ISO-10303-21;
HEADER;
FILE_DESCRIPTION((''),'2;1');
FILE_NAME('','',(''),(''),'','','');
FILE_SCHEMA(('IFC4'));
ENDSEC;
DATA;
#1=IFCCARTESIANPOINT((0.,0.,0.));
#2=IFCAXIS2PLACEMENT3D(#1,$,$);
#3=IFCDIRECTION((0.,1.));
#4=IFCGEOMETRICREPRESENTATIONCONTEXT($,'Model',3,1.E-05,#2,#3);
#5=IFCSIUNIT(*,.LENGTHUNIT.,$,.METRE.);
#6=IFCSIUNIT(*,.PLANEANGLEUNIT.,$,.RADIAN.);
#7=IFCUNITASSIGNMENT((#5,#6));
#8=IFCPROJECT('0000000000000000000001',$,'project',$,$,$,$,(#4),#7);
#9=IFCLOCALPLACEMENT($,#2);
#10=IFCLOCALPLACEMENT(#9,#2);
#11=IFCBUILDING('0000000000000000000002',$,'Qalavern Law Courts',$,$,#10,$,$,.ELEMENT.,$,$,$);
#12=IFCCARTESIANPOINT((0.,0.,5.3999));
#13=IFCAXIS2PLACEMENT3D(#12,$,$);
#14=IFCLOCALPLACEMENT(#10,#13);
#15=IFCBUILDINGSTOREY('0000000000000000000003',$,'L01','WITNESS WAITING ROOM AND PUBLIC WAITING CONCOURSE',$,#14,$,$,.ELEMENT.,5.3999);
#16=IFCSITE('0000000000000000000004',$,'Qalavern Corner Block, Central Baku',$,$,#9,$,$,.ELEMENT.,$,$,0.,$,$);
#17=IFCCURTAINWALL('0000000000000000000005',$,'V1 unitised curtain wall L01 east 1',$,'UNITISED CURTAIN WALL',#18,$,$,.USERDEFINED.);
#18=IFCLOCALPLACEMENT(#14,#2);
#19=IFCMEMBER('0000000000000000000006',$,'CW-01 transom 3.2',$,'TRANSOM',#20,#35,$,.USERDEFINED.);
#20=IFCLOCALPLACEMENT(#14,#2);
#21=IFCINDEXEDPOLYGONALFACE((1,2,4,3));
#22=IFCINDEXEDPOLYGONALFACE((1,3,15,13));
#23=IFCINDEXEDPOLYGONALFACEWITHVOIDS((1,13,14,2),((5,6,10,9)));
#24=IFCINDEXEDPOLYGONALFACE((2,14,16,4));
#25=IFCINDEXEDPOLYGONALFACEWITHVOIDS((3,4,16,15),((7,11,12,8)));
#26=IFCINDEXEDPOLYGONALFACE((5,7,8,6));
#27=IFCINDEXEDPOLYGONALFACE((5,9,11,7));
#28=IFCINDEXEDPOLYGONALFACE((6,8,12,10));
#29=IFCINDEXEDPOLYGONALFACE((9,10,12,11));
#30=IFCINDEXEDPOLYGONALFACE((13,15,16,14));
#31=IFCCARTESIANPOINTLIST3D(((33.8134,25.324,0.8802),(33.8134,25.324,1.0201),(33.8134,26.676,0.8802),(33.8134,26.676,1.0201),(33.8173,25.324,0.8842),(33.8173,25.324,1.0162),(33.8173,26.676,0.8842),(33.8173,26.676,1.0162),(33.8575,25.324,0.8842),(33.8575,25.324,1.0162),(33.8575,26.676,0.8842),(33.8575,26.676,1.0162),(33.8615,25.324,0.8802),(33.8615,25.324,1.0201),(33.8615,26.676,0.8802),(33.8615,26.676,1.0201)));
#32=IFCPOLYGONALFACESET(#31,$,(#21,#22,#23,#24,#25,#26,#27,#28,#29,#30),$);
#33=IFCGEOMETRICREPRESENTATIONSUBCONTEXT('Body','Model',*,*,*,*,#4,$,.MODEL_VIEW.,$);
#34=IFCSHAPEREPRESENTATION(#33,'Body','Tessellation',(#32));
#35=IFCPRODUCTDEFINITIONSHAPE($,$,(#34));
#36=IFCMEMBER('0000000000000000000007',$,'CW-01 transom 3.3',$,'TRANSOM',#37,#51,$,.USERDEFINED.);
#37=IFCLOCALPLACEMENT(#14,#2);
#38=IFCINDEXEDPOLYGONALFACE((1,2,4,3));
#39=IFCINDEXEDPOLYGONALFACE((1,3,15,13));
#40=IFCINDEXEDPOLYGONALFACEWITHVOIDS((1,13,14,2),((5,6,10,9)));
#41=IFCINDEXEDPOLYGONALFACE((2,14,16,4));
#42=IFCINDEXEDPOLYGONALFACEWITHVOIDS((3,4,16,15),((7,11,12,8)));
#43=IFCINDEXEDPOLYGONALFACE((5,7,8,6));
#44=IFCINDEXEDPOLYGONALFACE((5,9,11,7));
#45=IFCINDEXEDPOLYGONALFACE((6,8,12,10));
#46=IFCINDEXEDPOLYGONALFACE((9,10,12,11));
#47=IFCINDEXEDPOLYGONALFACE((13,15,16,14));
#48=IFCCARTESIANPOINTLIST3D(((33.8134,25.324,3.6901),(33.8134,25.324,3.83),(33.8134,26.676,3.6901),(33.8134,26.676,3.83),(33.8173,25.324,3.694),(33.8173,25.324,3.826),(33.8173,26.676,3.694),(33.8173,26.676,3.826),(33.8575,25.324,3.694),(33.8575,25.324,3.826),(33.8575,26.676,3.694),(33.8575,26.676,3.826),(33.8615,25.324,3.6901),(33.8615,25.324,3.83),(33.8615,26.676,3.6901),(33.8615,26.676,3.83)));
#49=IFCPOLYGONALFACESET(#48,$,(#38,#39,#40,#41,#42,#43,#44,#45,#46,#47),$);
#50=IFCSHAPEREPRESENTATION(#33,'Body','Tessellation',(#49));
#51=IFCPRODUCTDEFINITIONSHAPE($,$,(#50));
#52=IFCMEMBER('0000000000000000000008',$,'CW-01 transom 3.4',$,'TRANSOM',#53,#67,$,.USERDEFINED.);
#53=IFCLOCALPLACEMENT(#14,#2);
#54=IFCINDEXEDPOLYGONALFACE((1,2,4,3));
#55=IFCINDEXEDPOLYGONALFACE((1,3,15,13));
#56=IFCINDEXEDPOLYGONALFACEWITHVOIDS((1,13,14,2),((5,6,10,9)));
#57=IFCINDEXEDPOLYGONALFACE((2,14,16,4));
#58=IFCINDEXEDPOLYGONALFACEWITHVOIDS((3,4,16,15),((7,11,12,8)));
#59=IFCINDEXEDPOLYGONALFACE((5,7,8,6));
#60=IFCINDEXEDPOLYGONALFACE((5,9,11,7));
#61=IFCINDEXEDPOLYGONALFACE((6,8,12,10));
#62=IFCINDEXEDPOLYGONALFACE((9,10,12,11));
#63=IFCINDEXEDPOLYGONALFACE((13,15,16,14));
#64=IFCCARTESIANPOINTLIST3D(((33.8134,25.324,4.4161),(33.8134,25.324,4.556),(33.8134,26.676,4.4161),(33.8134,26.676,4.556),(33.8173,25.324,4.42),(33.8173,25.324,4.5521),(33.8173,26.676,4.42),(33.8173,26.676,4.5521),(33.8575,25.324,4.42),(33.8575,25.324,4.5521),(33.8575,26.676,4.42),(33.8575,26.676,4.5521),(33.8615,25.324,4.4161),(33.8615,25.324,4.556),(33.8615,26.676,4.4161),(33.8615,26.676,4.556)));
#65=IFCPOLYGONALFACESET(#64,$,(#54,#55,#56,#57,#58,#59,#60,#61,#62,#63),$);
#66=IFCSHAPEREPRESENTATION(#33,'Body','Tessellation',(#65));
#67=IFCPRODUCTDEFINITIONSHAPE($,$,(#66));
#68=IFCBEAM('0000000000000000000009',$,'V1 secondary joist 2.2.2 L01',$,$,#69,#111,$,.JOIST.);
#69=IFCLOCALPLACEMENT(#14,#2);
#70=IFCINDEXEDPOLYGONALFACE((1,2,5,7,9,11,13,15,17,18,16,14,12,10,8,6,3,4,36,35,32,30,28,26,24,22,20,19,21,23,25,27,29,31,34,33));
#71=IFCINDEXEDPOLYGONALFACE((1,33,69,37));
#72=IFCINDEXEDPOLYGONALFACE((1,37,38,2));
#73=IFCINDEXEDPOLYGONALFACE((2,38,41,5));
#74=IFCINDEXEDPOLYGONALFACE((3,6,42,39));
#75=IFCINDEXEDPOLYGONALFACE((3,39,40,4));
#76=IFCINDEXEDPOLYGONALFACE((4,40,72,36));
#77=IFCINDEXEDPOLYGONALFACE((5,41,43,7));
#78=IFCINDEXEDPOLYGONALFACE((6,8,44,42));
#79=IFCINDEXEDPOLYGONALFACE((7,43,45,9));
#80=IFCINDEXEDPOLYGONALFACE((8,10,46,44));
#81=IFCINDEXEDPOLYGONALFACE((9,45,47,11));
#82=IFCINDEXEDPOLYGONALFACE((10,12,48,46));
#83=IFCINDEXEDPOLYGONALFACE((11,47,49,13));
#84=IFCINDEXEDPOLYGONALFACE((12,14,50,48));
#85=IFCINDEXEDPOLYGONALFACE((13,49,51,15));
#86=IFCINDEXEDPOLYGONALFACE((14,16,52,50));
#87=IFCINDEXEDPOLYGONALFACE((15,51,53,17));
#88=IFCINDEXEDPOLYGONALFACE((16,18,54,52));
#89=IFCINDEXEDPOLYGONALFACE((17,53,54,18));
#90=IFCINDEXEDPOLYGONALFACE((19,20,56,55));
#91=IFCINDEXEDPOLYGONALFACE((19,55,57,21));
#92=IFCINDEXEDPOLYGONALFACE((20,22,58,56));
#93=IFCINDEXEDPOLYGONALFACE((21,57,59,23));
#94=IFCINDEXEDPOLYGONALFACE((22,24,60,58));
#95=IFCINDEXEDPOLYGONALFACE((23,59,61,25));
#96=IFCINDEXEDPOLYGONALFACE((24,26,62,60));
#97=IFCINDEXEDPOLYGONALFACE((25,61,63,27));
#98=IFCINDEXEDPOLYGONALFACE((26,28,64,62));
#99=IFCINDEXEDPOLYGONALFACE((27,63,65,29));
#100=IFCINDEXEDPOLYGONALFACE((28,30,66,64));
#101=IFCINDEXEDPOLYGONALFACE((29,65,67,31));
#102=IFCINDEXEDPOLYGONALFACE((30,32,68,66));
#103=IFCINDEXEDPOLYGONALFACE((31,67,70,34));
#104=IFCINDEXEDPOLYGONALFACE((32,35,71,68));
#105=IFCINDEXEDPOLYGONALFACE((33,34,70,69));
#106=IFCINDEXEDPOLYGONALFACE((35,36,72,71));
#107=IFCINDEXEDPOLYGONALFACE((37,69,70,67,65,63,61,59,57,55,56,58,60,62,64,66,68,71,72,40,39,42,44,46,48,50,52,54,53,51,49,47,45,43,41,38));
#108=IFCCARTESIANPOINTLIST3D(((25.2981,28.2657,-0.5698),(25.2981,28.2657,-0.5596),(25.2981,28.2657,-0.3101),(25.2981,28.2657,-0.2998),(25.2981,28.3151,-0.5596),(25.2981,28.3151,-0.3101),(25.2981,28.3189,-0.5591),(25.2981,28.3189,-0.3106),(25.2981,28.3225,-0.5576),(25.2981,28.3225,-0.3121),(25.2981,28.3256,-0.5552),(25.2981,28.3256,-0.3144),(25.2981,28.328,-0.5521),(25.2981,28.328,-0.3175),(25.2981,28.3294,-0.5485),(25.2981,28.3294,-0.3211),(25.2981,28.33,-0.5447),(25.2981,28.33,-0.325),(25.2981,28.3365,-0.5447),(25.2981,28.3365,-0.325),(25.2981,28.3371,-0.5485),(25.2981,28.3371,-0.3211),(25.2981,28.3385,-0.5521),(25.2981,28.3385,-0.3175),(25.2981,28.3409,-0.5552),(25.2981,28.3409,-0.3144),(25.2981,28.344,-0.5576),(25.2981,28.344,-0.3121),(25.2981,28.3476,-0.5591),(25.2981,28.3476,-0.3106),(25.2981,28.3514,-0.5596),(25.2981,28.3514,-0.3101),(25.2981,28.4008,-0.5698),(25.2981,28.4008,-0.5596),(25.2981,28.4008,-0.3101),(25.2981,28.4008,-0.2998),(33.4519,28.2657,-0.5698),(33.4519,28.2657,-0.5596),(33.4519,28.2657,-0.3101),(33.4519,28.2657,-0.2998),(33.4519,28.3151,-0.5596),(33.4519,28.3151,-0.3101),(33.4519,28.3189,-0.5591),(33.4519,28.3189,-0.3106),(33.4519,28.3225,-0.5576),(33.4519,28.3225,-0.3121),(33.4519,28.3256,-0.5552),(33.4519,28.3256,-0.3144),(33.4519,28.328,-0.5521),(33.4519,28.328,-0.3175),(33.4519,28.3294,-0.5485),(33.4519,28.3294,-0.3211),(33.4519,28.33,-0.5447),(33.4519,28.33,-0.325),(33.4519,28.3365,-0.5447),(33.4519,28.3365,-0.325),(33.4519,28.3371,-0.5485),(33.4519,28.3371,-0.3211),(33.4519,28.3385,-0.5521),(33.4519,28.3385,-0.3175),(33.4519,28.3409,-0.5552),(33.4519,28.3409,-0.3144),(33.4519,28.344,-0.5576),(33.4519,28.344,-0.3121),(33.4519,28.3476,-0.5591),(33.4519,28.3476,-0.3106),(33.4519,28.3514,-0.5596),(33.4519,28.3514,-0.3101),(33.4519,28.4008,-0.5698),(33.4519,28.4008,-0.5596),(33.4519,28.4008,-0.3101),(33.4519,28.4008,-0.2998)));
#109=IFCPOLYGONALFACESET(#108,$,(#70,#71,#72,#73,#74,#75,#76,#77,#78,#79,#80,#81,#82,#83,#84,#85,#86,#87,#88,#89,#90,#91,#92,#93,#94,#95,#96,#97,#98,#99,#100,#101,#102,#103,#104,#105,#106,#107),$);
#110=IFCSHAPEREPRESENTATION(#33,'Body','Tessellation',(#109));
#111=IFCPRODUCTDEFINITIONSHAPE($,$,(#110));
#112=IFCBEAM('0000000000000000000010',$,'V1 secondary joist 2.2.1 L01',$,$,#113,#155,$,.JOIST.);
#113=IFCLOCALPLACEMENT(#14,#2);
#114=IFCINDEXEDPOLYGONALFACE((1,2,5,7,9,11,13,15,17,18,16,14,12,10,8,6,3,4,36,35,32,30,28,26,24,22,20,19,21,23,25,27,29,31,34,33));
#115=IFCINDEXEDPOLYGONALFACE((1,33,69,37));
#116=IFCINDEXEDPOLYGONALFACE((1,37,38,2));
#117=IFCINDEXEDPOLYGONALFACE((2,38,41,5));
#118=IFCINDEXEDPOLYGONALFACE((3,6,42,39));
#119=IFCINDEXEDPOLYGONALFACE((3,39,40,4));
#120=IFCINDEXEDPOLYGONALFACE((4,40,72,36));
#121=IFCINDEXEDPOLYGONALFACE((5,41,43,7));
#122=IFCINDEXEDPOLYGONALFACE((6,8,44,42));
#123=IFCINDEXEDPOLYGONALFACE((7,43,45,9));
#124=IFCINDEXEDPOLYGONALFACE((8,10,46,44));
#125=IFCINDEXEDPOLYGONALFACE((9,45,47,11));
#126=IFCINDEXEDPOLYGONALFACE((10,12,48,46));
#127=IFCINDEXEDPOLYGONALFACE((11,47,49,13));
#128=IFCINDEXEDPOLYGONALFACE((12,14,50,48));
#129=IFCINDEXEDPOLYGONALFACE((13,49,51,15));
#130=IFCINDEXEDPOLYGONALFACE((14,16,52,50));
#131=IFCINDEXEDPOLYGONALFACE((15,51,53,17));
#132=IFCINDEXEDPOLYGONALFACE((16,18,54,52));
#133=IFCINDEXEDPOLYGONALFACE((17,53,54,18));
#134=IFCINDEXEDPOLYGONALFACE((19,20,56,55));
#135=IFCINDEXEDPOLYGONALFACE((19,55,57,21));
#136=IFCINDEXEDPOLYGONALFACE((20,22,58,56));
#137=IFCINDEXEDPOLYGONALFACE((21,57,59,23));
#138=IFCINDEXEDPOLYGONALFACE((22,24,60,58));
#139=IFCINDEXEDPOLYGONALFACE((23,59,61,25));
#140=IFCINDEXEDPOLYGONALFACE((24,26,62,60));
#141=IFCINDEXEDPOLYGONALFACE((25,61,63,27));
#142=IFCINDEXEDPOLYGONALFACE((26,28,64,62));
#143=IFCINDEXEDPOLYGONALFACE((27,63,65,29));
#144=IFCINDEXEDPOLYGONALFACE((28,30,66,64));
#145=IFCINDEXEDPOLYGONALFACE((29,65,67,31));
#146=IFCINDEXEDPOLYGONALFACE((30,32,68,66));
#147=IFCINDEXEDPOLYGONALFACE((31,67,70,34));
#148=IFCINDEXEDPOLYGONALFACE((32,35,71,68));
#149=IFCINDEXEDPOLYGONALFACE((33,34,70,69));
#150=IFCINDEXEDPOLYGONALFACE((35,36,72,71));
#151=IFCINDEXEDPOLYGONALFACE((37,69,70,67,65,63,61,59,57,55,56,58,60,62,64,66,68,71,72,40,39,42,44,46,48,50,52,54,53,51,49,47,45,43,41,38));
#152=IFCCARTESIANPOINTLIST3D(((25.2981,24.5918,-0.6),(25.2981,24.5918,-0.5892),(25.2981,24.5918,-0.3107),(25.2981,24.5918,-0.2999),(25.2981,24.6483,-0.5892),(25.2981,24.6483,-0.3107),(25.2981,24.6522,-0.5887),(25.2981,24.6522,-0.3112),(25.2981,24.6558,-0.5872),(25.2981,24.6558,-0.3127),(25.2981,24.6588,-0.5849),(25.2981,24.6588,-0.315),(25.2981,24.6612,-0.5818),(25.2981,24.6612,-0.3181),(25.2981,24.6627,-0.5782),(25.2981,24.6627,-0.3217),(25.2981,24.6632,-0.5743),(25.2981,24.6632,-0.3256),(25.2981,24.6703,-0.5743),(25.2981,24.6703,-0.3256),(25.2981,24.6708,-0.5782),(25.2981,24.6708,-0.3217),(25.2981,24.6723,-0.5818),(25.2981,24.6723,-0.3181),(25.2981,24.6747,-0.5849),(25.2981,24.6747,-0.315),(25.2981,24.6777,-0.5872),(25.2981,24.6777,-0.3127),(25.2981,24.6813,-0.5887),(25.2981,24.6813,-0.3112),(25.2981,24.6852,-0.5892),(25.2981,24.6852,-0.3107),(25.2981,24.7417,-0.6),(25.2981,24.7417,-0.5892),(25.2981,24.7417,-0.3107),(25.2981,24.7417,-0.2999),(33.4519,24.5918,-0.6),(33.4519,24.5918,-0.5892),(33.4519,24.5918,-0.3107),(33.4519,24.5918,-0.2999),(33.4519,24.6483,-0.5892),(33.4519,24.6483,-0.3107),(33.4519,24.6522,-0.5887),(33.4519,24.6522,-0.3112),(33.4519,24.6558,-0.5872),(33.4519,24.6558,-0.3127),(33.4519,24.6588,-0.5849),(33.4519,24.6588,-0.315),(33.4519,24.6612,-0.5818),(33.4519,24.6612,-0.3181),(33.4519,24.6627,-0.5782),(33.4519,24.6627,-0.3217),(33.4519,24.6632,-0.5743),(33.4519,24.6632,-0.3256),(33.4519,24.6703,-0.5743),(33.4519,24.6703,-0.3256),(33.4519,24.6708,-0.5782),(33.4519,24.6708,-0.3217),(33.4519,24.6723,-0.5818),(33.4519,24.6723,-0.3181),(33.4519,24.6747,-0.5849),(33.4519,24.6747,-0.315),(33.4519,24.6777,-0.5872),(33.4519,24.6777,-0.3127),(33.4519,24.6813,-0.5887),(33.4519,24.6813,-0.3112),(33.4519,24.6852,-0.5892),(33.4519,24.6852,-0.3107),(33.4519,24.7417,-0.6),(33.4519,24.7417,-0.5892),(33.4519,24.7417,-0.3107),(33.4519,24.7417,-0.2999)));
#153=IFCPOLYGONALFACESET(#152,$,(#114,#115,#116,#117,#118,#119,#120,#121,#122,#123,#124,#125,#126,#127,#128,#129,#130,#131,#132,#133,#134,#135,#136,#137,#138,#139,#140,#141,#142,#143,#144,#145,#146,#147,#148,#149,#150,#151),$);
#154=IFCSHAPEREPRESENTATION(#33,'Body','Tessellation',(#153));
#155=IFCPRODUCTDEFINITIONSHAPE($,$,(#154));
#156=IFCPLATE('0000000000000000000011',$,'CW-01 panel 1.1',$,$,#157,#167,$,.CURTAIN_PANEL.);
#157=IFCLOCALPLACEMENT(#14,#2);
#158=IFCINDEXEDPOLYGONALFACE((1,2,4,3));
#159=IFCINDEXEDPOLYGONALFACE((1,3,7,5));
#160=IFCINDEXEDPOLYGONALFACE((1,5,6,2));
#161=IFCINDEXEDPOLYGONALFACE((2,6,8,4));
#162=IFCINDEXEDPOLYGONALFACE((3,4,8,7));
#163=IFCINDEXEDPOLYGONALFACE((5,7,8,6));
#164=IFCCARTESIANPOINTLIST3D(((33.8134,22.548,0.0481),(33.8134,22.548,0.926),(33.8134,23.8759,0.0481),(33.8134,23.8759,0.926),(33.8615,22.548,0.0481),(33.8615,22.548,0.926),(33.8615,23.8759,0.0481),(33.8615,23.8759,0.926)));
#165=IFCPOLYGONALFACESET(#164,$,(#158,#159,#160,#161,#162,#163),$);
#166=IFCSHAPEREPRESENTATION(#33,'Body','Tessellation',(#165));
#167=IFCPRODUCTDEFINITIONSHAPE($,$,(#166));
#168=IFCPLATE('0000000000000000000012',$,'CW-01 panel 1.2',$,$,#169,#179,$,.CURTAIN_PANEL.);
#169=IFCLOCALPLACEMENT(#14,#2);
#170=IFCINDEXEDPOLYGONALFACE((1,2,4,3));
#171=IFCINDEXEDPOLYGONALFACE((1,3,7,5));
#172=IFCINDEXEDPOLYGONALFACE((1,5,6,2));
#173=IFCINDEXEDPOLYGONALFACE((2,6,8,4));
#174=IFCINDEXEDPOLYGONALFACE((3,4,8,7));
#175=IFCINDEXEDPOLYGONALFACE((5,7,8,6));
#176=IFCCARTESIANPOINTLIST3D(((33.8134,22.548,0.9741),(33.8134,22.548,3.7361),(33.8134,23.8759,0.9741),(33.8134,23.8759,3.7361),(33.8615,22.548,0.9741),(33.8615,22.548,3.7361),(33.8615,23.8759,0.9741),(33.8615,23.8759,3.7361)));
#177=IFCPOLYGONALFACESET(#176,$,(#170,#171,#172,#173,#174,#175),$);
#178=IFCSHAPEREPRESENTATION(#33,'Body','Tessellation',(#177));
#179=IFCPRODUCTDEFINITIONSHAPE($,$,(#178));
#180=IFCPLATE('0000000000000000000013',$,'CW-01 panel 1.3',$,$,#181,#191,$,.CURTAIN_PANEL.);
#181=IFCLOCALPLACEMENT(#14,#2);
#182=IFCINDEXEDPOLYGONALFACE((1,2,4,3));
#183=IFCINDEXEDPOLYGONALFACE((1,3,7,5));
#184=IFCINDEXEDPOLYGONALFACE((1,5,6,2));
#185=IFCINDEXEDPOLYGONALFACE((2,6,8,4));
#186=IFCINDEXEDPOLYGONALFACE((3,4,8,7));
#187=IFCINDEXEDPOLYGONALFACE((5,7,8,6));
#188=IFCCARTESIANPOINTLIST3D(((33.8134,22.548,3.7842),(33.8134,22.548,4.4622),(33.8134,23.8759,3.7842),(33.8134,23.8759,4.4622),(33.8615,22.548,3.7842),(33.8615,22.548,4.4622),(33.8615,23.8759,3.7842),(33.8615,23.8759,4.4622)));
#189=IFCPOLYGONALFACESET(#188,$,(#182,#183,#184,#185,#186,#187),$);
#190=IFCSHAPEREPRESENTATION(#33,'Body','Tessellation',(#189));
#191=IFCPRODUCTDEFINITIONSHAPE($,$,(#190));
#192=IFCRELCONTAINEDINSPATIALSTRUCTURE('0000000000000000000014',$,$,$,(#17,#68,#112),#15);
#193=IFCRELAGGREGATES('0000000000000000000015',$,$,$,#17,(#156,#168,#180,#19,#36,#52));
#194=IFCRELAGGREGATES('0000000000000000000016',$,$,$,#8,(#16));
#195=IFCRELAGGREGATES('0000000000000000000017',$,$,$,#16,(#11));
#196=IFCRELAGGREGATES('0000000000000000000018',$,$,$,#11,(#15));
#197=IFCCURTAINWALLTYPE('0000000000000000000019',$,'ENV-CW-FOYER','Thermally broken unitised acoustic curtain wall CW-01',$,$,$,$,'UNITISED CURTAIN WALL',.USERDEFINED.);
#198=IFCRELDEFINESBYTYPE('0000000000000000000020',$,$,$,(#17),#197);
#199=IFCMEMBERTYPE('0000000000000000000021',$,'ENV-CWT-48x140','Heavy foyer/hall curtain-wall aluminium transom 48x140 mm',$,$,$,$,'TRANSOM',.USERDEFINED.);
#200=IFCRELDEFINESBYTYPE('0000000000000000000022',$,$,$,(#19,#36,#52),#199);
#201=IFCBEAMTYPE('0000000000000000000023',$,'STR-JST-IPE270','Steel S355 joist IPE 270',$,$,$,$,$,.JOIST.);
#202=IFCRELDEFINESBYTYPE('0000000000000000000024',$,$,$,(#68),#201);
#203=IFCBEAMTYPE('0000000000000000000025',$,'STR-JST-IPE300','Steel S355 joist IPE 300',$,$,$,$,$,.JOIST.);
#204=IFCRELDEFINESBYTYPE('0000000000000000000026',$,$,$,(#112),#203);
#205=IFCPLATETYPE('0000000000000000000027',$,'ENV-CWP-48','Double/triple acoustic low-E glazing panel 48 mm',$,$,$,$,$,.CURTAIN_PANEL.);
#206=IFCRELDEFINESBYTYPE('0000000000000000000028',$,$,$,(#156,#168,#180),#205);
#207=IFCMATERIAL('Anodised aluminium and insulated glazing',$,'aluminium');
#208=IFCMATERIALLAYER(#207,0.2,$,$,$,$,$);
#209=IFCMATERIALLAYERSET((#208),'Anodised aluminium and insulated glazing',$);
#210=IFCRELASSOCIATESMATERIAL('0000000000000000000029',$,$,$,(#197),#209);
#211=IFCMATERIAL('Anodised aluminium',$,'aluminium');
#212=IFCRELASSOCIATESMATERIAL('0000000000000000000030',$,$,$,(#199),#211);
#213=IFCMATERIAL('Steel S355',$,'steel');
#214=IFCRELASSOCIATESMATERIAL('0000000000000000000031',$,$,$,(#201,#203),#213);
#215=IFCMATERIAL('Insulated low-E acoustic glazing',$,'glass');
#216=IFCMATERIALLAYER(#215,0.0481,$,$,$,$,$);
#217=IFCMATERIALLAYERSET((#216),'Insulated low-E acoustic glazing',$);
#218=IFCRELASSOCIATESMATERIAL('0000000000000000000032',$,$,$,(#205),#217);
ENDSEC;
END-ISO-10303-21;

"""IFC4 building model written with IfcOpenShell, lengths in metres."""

from ifc_helpers import new_model, si_unit, direction, frame, origin, origin_2d, place, context, subcontext, project, spatial, rectangle, hollow_rectangle, i_section, extrude, material, layer, layer_set, material_profile, profile_set, type_object, element, aggregate, save


model = new_model("IFC4")

# Units and contexts
model_context = context("Model", 3, precision=1e-05, world=origin(), true_north=direction((0.0, 1.0)))
body_context = subcontext(model_context, "Body", "Model", "MODEL_VIEW")
ifc_project = project(units=[si_unit("LENGTHUNIT", "METRE"), si_unit("PLANEANGLEUNIT", "RADIAN")], contexts=[model_context])

# Site, building, storey
site_placement = place(None, origin())
site = spatial("IfcSite", under=ifc_project, at=site_placement, Name="Qalavern Corner Block, Central Baku", CompositionType="ELEMENT", RefElevation=0.0)
building_placement = place(site_placement, origin())
building = spatial("IfcBuilding", under=site, at=building_placement, Name="Qalavern Law Courts", CompositionType="ELEMENT")
storey_placement = place(building_placement, frame((0.0, 0.0, 5.3999)))
storey = spatial("IfcBuildingStorey", under=building, at=storey_placement, Name="L01", Description="WITNESS WAITING ROOM AND PUBLIC WAITING CONCOURSE", CompositionType="ELEMENT", Elevation=5.3999)

# Curtain wall, members
ifc_material_1 = material(Name="Anodised aluminium and insulated glazing", Category="aluminium")
ifc_layer_1 = layer(ifc_material_1, 0.2)
ifc_layer_set_1 = layer_set([ifc_layer_1], Name="Anodised aluminium and insulated glazing")
curtain_wall_type = type_object("IfcCurtainWallType", Name="ENV-CW-FOYER", Description="Thermally broken unitised acoustic curtain wall CW-01", ElementType="UNITISED CURTAIN WALL", PredefinedType="USERDEFINED", material=ifc_layer_set_1)
curtain_wall_placement = place(storey_placement, origin())
curtain_wall = element("IfcCurtainWall", 1, at=curtain_wall_placement, inside=storey, type_object=curtain_wall_type, Name="V1 unitised curtain wall L01 east 1", ObjectType="UNITISED CURTAIN WALL", PredefinedType="USERDEFINED")
ifc_material_2 = material(Name="Anodised aluminium", Category="aluminium")
ifc_material_profile_1 = material_profile(ifc_material_2, hollow_rectangle(XDim=0.0481, YDim=0.1399, WallThickness=0.0039, at=origin_2d()), Name="ALU TRANSOM 48x140")
ifc_profile_set_1 = profile_set([ifc_material_profile_1], Name="Anodised aluminium")
member_type_1 = type_object("IfcMemberType", Name="ENV-CWT-48x140", Description="Heavy foyer/hall curtain-wall aluminium transom 48x140 mm", ElementType="TRANSOM", PredefinedType="USERDEFINED", material=ifc_profile_set_1)
member_1_placement = place(storey_placement, frame((33.8374, 25.324, 0.9502), z_axis=(0.0, 1.0, 0.0), x_axis=(-1.0, 0.0, 0.0)))
member_1 = element("IfcMember", 2, at=member_1_placement, type_object=member_type_1, Name="CW-01 transom 3.2", ObjectType="TRANSOM", PredefinedType="USERDEFINED", context=body_context, shape_type="SweptSolid", body=[
    extrude(hollow_rectangle(XDim=0.0481, YDim=0.1399, WallThickness=0.0039, at=origin_2d()), origin(), (0.0, 0.0, 1.0), 1.3521),
])
member_2_placement = place(storey_placement, frame((33.8374, 25.324, 3.76), z_axis=(0.0, 1.0, 0.0), x_axis=(-1.0, 0.0, 0.0)))
member_2 = element("IfcMember", 3, at=member_2_placement, type_object=member_type_1, Name="CW-01 transom 3.3", ObjectType="TRANSOM", PredefinedType="USERDEFINED", context=body_context, shape_type="SweptSolid", body=[
    extrude(hollow_rectangle(XDim=0.0481, YDim=0.1399, WallThickness=0.0039, at=origin_2d()), origin(), (0.0, 0.0, 1.0), 1.3521),
])
member_3_placement = place(storey_placement, frame((33.8374, 25.324, 4.4861), z_axis=(0.0, 1.0, 0.0), x_axis=(-1.0, 0.0, 0.0)))
member_3 = element("IfcMember", 4, at=member_3_placement, type_object=member_type_1, Name="CW-01 transom 3.4", ObjectType="TRANSOM", PredefinedType="USERDEFINED", context=body_context, shape_type="SweptSolid", body=[
    extrude(hollow_rectangle(XDim=0.0481, YDim=0.1399, WallThickness=0.0039, at=origin_2d()), origin(), (0.0, 0.0, 1.0), 1.3521),
])

# Beams
ifc_material_3 = material(Name="Steel S355", Category="steel")
ifc_material_profile_2 = material_profile(ifc_material_3, i_section(OverallWidth=0.135, OverallDepth=0.27, WebThickness=0.0066, FlangeThickness=0.0103, FilletRadius=0.0149, at=origin_2d()), Name="IPE 270")
ifc_profile_set_2 = profile_set([ifc_material_profile_2], Name="Steel S355")
beam_type_1 = type_object("IfcBeamType", Name="STR-JST-IPE270", Description="Steel S355 joist IPE 270", PredefinedType="JOIST", material=ifc_profile_set_2)
beam_1_placement = place(storey_placement, frame((25.2981, 28.3333, -0.4348), z_axis=(1.0, 0.0, 0.0), x_axis=(0.0, 1.0, 0.0)))
element("IfcBeam", 5, at=beam_1_placement, inside=storey, type_object=beam_type_1, Name="V1 secondary joist 2.2.2 L01", PredefinedType="JOIST", context=body_context, shape_type="SweptSolid", body=[
    extrude(i_section(OverallWidth=0.135, OverallDepth=0.27, WebThickness=0.0066, FlangeThickness=0.0103, FilletRadius=0.0149, at=origin_2d()), origin(), (0.0, 0.0, 1.0), 8.1538),
])
ifc_material_profile_3 = material_profile(ifc_material_3, i_section(OverallWidth=0.1499, OverallDepth=0.3, WebThickness=0.0071, FlangeThickness=0.0107, FilletRadius=0.0149, at=origin_2d()), Name="IPE 300")
ifc_profile_set_3 = profile_set([ifc_material_profile_3], Name="Steel S355")
beam_type_2 = type_object("IfcBeamType", Name="STR-JST-IPE300", Description="Steel S355 joist IPE 300", PredefinedType="JOIST", material=ifc_profile_set_3)
beam_2_placement = place(storey_placement, frame((25.2981, 24.6667, -0.45), z_axis=(1.0, 0.0, 0.0), x_axis=(0.0, 1.0, 0.0)))
element("IfcBeam", 6, at=beam_2_placement, inside=storey, type_object=beam_type_2, Name="V1 secondary joist 2.2.1 L01", PredefinedType="JOIST", context=body_context, shape_type="SweptSolid", body=[
    extrude(i_section(OverallWidth=0.1499, OverallDepth=0.3, WebThickness=0.0071, FlangeThickness=0.0107, FilletRadius=0.0149, at=origin_2d()), origin(), (0.0, 0.0, 1.0), 8.1538),
])

# Plates
ifc_material_4 = material(Name="Insulated low-E acoustic glazing", Category="glass")
ifc_layer_2 = layer(ifc_material_4, 0.0481)
ifc_layer_set_2 = layer_set([ifc_layer_2], Name="Insulated low-E acoustic glazing")
plate_type = type_object("IfcPlateType", Name="ENV-CWP-48", Description="Double/triple acoustic low-E glazing panel 48 mm", PredefinedType="CURTAIN_PANEL", material=ifc_layer_set_2)
plate_1_placement = place(storey_placement, frame((33.8374, 23.2119, 0.0481), z_axis=(0.0, 0.0, 1.0), x_axis=(0.0, 1.0, 0.0)))
plate_1 = element("IfcPlate", 7, at=plate_1_placement, type_object=plate_type, Name="CW-01 panel 1.1", PredefinedType="CURTAIN_PANEL", context=body_context, shape_type="SweptSolid", body=[
    extrude(rectangle(XDim=1.3279, YDim=0.0481, at=origin_2d()), origin(), (0.0, 0.0, 1.0), 0.8779),
])
plate_2_placement = place(storey_placement, frame((33.8374, 23.2119, 0.9741), z_axis=(0.0, 0.0, 1.0), x_axis=(0.0, 1.0, 0.0)))
plate_2 = element("IfcPlate", 8, at=plate_2_placement, type_object=plate_type, Name="CW-01 panel 1.2", PredefinedType="CURTAIN_PANEL", context=body_context, shape_type="SweptSolid", body=[
    extrude(rectangle(XDim=1.3279, YDim=0.0481, at=origin_2d()), origin(), (0.0, 0.0, 1.0), 2.762),
])
plate_3_placement = place(storey_placement, frame((33.8374, 23.2119, 3.7842), z_axis=(0.0, 0.0, 1.0), x_axis=(0.0, 1.0, 0.0)))
plate_3 = element("IfcPlate", 9, at=plate_3_placement, type_object=plate_type, Name="CW-01 panel 1.3", PredefinedType="CURTAIN_PANEL", context=body_context, shape_type="SweptSolid", body=[
    extrude(rectangle(XDim=1.3279, YDim=0.0481, at=origin_2d()), origin(), (0.0, 0.0, 1.0), 0.678),
])
aggregate(curtain_wall, [plate_1, plate_2, plate_3, member_1, member_2, member_3])

save(model, "model.ifc")
